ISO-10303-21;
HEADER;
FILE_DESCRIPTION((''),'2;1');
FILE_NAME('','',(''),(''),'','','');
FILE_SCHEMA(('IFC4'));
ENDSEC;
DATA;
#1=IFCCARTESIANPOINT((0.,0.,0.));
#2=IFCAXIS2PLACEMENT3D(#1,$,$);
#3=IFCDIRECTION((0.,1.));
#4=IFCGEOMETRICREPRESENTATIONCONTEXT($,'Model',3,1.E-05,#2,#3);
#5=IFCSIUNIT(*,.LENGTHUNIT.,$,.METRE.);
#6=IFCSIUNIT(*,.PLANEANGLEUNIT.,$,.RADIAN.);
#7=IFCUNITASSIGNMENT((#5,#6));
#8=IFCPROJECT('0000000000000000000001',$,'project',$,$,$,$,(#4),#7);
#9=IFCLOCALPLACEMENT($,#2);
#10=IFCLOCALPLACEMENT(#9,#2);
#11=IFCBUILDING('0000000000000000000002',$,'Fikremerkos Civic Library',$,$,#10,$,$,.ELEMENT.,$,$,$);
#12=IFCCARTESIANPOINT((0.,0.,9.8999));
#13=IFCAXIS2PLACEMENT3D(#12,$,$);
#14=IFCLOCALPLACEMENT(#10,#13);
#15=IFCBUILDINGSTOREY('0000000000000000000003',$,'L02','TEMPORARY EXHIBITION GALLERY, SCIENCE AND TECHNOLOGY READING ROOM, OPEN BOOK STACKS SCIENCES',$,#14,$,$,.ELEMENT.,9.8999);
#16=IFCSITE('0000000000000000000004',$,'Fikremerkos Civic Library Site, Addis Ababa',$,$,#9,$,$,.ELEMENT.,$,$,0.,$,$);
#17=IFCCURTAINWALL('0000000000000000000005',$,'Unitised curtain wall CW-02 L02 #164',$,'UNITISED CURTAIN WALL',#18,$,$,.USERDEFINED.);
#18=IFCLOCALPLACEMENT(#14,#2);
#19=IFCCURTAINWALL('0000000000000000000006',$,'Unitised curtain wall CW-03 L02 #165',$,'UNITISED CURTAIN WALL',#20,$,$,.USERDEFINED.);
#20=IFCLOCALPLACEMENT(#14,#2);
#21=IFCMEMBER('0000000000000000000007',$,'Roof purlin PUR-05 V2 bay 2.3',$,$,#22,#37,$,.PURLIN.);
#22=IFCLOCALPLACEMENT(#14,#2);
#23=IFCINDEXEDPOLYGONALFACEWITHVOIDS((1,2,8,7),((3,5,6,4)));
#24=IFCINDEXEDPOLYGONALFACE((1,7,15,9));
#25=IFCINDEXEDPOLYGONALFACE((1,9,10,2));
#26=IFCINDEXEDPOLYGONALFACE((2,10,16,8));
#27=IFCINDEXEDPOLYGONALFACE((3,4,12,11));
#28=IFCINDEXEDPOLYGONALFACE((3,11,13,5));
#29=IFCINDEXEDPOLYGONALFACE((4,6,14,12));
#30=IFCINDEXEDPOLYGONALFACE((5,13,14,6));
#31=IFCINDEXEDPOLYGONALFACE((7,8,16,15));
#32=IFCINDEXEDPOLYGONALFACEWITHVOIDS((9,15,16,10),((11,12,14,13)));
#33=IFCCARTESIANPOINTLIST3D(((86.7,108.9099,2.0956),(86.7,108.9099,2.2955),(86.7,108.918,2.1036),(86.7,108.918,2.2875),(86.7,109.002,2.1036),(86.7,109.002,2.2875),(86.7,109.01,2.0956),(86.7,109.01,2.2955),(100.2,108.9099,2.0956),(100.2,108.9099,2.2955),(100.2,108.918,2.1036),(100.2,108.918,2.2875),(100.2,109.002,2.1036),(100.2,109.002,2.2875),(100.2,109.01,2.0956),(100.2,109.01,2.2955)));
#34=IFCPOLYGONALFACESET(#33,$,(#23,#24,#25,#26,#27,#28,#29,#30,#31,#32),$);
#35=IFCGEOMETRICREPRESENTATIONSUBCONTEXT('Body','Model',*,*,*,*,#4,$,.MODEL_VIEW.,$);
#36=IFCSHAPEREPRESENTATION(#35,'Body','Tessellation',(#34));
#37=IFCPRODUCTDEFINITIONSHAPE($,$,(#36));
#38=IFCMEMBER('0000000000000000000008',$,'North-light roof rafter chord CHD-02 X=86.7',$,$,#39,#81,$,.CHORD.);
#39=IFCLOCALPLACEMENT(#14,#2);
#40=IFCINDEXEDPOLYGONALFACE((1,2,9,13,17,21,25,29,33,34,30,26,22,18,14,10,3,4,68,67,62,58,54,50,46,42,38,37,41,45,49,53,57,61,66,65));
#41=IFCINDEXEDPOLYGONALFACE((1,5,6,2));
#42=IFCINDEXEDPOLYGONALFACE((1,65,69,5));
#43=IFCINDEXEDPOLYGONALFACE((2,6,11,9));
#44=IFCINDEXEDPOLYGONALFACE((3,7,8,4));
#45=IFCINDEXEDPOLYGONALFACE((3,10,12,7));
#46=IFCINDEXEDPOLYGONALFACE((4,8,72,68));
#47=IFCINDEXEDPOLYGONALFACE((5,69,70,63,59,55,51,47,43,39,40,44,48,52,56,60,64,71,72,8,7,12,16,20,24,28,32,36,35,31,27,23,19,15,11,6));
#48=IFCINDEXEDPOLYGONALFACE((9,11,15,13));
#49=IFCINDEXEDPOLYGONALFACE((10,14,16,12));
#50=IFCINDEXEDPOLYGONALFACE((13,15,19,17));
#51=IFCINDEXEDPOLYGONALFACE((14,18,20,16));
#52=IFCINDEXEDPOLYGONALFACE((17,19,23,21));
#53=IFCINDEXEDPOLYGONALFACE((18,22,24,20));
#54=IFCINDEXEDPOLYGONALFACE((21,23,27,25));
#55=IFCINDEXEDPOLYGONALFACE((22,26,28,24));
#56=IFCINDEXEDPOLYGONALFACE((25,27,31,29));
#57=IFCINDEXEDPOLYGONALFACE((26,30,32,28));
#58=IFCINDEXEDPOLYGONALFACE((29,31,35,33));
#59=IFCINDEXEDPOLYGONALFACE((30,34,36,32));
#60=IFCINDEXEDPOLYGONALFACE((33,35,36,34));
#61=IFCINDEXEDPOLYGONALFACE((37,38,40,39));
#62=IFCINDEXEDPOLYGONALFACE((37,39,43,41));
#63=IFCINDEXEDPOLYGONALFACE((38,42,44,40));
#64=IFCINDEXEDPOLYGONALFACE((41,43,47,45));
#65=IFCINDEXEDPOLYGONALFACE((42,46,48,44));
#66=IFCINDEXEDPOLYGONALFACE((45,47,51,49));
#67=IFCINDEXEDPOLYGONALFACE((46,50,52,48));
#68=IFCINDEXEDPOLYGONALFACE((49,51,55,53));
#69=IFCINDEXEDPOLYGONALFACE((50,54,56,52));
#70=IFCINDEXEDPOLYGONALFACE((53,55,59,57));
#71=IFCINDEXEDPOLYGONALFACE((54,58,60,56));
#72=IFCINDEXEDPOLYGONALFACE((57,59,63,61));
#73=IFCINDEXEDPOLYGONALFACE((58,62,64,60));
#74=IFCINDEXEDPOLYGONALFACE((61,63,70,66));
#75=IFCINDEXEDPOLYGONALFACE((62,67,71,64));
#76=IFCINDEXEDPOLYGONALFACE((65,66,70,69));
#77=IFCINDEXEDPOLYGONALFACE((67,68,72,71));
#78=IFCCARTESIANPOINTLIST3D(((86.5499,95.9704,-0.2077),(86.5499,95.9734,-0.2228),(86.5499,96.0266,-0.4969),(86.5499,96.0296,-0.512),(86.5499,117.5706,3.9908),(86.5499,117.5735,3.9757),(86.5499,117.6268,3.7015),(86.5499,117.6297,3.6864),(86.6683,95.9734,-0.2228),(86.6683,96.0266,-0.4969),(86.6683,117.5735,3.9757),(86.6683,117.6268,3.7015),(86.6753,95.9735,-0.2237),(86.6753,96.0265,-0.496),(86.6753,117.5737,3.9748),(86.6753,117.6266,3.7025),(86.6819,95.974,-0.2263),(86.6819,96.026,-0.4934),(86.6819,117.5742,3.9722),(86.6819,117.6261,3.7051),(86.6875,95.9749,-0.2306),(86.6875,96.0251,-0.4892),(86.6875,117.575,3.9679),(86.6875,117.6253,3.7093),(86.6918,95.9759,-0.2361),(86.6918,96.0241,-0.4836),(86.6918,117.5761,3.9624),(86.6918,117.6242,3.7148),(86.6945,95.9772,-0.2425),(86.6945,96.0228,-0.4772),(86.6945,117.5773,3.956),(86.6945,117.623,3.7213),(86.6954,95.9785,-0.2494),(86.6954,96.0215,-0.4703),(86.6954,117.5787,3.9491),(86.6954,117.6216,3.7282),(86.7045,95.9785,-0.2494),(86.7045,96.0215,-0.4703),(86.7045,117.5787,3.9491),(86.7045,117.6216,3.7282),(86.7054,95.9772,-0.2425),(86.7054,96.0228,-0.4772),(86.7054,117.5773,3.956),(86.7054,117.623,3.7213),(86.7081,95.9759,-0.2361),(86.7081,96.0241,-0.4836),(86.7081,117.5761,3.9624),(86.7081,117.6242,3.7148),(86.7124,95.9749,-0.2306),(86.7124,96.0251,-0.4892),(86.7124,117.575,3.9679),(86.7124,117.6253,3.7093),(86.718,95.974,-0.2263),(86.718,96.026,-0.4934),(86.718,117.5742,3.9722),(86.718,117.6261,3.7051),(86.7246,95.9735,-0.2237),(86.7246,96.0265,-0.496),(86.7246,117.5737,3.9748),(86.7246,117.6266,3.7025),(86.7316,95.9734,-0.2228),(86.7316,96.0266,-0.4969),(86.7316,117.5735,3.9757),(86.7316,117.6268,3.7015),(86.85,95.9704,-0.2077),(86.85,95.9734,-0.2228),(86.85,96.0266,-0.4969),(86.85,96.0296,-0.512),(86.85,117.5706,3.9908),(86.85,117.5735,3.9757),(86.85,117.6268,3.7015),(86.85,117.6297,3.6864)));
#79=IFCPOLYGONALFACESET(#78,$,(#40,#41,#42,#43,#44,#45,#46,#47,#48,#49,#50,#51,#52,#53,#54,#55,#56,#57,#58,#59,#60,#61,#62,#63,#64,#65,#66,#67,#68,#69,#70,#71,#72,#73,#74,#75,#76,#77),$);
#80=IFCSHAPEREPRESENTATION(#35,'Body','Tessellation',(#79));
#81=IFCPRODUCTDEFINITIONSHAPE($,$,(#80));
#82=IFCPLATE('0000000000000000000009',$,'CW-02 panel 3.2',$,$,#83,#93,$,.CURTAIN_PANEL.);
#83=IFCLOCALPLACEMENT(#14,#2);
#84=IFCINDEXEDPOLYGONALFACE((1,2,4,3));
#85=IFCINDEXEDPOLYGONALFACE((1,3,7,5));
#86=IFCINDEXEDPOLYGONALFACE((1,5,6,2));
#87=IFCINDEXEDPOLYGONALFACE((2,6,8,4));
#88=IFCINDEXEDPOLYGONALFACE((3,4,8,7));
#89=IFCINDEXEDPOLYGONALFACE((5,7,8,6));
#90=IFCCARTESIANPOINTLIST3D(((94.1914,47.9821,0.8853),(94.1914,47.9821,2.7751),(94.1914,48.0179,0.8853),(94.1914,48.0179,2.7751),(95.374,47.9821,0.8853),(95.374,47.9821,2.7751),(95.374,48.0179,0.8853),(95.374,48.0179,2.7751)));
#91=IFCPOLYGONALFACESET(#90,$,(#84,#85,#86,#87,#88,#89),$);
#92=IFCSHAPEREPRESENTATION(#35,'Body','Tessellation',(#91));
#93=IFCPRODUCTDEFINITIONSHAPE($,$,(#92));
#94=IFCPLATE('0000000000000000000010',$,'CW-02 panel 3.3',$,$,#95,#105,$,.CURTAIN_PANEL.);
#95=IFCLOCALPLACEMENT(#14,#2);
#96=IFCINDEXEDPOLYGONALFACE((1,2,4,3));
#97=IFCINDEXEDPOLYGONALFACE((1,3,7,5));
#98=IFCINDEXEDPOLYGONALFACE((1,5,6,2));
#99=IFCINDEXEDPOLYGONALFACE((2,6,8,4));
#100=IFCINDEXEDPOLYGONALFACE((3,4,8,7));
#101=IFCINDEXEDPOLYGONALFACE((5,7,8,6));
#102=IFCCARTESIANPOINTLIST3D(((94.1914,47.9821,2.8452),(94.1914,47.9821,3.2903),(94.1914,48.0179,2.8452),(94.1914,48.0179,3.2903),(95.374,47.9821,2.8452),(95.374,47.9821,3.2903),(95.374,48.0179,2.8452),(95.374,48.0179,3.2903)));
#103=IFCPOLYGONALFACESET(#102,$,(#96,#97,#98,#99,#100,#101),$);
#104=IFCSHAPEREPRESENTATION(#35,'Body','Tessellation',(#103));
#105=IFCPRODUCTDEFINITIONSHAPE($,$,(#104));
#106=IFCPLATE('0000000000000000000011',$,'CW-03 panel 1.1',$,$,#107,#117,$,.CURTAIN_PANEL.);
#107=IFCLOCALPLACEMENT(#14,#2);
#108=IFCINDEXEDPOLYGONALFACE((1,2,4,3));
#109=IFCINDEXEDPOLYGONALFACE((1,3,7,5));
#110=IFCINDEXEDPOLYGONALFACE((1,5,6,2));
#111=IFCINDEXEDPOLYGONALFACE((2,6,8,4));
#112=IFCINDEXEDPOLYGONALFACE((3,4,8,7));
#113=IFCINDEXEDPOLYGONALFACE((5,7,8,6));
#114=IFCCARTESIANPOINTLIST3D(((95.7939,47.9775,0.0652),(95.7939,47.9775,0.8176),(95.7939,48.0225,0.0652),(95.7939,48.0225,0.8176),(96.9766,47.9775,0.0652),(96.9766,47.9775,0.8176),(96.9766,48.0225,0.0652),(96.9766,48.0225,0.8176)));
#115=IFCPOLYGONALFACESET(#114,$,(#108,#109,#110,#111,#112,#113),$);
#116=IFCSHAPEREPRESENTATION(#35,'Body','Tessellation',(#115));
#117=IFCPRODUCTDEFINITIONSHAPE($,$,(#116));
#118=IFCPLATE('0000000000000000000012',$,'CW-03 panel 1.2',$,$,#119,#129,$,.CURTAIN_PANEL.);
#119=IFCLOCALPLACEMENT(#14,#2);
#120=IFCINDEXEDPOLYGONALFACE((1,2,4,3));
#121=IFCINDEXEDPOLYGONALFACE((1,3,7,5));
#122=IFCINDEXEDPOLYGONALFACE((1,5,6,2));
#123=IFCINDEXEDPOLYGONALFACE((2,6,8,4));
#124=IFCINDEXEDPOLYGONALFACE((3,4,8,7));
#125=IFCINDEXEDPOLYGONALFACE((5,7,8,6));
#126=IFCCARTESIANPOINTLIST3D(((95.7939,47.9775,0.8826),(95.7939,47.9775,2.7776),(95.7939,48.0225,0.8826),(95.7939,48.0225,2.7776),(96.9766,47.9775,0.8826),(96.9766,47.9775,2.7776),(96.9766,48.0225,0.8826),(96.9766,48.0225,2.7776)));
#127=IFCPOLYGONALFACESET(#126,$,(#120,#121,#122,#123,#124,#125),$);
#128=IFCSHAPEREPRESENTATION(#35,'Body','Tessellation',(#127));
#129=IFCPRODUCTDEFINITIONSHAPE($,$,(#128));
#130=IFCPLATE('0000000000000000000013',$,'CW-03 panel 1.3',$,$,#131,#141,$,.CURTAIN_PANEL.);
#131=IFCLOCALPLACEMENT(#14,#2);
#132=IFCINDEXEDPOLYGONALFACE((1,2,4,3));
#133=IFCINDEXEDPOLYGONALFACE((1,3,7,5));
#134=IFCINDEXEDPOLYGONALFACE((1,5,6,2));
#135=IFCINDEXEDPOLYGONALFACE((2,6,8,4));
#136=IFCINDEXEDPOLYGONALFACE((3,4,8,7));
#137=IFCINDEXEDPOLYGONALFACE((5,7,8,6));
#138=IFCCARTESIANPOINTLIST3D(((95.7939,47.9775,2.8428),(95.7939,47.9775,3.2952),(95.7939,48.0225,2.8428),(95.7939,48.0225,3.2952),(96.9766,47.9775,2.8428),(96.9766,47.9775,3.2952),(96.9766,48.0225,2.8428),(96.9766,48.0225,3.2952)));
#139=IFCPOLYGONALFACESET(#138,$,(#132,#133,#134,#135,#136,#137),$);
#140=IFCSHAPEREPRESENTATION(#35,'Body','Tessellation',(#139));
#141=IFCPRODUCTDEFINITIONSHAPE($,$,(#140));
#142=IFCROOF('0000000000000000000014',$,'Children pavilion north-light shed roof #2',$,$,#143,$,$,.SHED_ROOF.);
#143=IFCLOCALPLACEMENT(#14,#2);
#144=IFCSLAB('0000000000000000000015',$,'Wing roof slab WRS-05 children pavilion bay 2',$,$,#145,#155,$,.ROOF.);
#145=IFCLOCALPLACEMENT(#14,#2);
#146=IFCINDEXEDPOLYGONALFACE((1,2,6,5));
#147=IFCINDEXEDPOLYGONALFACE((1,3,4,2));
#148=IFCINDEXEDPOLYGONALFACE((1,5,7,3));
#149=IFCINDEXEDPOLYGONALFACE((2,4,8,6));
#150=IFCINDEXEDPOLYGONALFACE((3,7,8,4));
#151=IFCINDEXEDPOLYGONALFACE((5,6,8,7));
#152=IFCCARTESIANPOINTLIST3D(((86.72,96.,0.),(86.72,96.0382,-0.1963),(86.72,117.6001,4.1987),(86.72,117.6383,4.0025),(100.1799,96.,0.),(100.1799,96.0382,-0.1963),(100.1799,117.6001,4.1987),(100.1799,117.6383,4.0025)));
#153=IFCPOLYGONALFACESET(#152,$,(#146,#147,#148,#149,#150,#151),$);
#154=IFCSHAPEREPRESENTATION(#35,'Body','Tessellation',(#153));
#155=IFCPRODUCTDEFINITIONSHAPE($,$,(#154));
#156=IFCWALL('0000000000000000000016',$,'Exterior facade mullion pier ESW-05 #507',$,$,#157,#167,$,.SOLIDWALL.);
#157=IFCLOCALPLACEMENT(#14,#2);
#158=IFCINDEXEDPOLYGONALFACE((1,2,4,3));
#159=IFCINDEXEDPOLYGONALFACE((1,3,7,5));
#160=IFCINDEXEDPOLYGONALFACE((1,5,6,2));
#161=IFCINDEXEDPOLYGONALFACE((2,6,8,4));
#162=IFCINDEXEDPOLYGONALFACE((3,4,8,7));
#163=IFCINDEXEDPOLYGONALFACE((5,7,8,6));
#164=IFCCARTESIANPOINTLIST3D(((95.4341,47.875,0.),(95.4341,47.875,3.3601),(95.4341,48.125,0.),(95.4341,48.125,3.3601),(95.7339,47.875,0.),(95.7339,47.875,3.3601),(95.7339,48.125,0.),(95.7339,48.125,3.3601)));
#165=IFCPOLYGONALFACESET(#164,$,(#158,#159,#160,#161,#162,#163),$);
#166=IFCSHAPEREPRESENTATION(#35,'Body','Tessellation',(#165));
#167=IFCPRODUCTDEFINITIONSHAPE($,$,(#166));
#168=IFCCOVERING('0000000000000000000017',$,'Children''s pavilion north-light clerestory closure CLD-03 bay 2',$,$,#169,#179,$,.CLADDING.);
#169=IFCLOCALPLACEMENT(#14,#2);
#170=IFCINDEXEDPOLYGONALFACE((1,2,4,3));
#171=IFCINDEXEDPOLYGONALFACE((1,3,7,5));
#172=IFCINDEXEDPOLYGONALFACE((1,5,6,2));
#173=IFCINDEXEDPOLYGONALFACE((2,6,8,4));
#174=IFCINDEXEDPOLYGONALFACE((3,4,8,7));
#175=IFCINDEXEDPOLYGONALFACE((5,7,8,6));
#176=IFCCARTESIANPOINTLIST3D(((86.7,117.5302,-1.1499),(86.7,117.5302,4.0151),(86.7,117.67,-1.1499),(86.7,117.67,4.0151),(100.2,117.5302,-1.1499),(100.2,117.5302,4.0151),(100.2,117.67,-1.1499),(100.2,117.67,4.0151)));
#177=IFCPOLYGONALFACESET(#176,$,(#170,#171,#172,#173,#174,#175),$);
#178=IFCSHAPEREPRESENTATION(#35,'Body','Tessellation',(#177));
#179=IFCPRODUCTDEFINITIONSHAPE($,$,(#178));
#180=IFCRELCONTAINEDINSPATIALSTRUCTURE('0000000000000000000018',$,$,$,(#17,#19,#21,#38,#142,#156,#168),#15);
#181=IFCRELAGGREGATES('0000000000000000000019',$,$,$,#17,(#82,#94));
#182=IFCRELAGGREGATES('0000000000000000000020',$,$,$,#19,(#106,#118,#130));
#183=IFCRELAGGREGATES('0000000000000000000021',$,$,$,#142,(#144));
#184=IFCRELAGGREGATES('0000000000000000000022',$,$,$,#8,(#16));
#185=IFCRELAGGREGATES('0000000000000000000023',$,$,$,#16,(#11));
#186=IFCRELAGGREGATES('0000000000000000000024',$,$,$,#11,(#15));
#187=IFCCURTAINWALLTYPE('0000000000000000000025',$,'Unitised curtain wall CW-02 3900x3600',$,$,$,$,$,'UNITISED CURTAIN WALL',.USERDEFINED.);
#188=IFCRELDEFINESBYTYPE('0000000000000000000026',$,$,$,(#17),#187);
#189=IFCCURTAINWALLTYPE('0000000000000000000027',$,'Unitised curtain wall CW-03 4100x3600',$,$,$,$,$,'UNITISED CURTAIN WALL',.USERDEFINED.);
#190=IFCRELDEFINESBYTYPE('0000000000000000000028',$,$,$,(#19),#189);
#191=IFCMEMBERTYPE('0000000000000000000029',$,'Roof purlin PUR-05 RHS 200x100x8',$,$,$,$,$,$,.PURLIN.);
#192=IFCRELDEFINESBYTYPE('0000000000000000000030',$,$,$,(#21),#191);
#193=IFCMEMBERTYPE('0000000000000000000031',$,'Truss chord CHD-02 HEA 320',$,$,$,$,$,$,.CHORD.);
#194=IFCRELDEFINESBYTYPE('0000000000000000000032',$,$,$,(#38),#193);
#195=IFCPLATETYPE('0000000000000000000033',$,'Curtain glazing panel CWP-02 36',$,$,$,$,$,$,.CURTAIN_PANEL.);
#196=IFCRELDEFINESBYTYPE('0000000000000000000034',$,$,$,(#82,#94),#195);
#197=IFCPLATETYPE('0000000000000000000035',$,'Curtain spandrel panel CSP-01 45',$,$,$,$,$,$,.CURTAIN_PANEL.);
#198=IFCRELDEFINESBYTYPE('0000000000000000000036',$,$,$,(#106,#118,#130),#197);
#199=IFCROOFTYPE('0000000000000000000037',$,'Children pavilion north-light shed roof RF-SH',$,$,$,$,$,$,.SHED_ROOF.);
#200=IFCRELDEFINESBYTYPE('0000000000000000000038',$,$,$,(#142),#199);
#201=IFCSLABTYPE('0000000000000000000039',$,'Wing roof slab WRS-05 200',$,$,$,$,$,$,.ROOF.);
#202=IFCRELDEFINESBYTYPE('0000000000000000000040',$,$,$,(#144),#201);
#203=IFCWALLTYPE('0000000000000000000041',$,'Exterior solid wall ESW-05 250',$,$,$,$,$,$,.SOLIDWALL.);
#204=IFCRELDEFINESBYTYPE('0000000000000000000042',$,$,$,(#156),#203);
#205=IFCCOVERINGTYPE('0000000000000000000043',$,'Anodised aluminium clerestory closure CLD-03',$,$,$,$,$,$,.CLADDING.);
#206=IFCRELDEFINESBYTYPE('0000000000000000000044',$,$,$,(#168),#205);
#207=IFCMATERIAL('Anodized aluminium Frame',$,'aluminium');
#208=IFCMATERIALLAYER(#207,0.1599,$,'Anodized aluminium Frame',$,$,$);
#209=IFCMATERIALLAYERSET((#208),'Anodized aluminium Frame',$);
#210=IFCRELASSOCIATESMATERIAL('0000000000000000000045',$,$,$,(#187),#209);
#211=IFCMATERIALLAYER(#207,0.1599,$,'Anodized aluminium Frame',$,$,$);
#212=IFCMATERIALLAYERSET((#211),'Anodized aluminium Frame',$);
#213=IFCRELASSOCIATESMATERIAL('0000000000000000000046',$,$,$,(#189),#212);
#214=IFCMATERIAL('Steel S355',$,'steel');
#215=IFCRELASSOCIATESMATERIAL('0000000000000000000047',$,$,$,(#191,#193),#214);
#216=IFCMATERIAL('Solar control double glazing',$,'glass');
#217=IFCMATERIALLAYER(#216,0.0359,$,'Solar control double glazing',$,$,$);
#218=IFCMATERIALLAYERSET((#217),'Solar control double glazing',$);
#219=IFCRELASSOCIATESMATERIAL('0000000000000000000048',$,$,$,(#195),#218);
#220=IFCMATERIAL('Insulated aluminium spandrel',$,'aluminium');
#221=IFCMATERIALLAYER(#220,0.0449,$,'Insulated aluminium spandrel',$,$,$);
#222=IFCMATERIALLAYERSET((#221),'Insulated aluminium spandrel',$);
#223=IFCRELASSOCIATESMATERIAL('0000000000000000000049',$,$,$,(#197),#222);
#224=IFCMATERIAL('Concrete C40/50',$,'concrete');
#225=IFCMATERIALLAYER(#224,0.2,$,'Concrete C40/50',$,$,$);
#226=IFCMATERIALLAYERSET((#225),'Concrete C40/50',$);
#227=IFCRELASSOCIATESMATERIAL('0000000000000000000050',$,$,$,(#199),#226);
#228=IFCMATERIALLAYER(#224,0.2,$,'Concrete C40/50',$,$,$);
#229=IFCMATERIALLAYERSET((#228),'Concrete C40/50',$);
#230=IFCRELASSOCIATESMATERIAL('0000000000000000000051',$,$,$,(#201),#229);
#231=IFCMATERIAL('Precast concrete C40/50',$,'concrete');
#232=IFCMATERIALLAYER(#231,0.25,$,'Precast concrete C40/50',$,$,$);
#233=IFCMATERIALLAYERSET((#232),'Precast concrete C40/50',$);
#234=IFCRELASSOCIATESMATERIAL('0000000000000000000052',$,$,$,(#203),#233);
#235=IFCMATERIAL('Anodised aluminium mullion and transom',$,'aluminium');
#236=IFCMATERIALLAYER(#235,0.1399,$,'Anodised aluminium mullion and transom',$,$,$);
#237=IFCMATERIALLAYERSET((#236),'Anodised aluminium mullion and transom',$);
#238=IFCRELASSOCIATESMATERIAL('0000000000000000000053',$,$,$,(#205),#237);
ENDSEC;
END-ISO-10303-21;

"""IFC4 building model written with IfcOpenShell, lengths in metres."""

from ifc_helpers import new_model, si_unit, direction, frame, frame_2d, origin, origin_2d, place, context, subcontext, project, spatial, polyline, rectangle, hollow_rectangle, i_section, outline, extrude, material, layer, layer_set, material_profile, profile_set, type_object, element, aggregate, save


model = new_model("IFC4")

# Units and contexts
model_context = context("Model", 3, precision=1e-05, world=origin(), true_north=direction((0.0, 1.0)))
body_context = subcontext(model_context, "Body", "Model", "MODEL_VIEW")
ifc_project = project(units=[si_unit("LENGTHUNIT", "METRE"), si_unit("PLANEANGLEUNIT", "RADIAN")], contexts=[model_context])

# Site, building, storey
site_placement = place(None, origin())
site = spatial("IfcSite", under=ifc_project, at=site_placement, Name="Fikremerkos Civic Library Site, Addis Ababa", CompositionType="ELEMENT", RefElevation=0.0)
building_placement = place(site_placement, origin())
building = spatial("IfcBuilding", under=site, at=building_placement, Name="Fikremerkos Civic Library", CompositionType="ELEMENT")
storey_placement = place(building_placement, frame((0.0, 0.0, 9.8999)))
storey = spatial("IfcBuildingStorey", under=building, at=storey_placement, Name="L02", Description="TEMPORARY EXHIBITION GALLERY, SCIENCE AND TECHNOLOGY READING ROOM, OPEN BOOK STACKS SCIENCES", CompositionType="ELEMENT", Elevation=9.8999)

# Curtain wall
ifc_material_1 = material(Name="Anodized aluminium Frame", Category="aluminium")
ifc_layer_1 = layer(ifc_material_1, 0.1599, Name="Anodized aluminium Frame")
ifc_layer_set_1 = layer_set([ifc_layer_1], Name="Anodized aluminium Frame")
curtain_wall_type_1 = type_object("IfcCurtainWallType", Name="Unitised curtain wall CW-02 3900x3600", ElementType="UNITISED CURTAIN WALL", PredefinedType="USERDEFINED", material=ifc_layer_set_1)
curtain_wall_1_placement = place(storey_placement, origin())
curtain_wall_1 = element("IfcCurtainWall", 1, at=curtain_wall_1_placement, inside=storey, type_object=curtain_wall_type_1, Name="Unitised curtain wall CW-02 L02 #164", ObjectType="UNITISED CURTAIN WALL", PredefinedType="USERDEFINED")

# Curtain wall
ifc_layer_2 = layer(ifc_material_1, 0.1599, Name="Anodized aluminium Frame")
ifc_layer_set_2 = layer_set([ifc_layer_2], Name="Anodized aluminium Frame")
curtain_wall_type_2 = type_object("IfcCurtainWallType", Name="Unitised curtain wall CW-03 4100x3600", ElementType="UNITISED CURTAIN WALL", PredefinedType="USERDEFINED", material=ifc_layer_set_2)
curtain_wall_2_placement = place(storey_placement, origin())
curtain_wall_2 = element("IfcCurtainWall", 2, at=curtain_wall_2_placement, inside=storey, type_object=curtain_wall_type_2, Name="Unitised curtain wall CW-03 L02 #165", ObjectType="UNITISED CURTAIN WALL", PredefinedType="USERDEFINED")

# Shared definitions
ifc_material_2 = material(Name="Steel S355", Category="steel")

# Shared definitions
ifc_material_3 = material(Name="Concrete C40/50", Category="concrete")

# Members
ifc_material_profile_1 = material_profile(ifc_material_2, hollow_rectangle(XDim=0.1001, YDim=0.2, WallThickness=0.0081, at=origin_2d()), Name="RHS 200x100x8")
ifc_profile_set_1 = profile_set([ifc_material_profile_1], Name="Steel S355")
member_type_1 = type_object("IfcMemberType", Name="Roof purlin PUR-05 RHS 200x100x8", PredefinedType="PURLIN", material=ifc_profile_set_1)
member_1_placement = place(storey_placement, frame((86.7, 108.96, 2.1956), z_axis=(1.0, 0.0, 0.0), x_axis=(0.0, 1.0, 0.0)))
element("IfcMember", 3, at=member_1_placement, inside=storey, type_object=member_type_1, Name="Roof purlin PUR-05 V2 bay 2.3", PredefinedType="PURLIN", context=body_context, shape_type="SweptSolid", body=[
    extrude(hollow_rectangle(XDim=0.1001, YDim=0.2, WallThickness=0.0081, at=origin_2d()), origin(), (0.0, 0.0, 1.0), 13.5),
])
ifc_material_profile_2 = material_profile(ifc_material_2, i_section(OverallWidth=0.3, OverallDepth=0.3101, WebThickness=0.009, FlangeThickness=0.0154, FilletRadius=0.0271, at=origin_2d()), Name="HEA 320")
ifc_profile_set_2 = profile_set([ifc_material_profile_2], Name="Steel S355")
member_type_2 = type_object("IfcMemberType", Name="Truss chord CHD-02 HEA 320", PredefinedType="CHORD", material=ifc_profile_set_2)
member_2_placement = place(storey_placement, frame((86.7, 96.0, -0.3599), z_axis=(0.0, 0.981628, 0.190803), x_axis=(-1.0, 0.0, 0.0)))
element("IfcMember", 4, at=member_2_placement, inside=storey, type_object=member_type_2, Name="North-light roof rafter chord CHD-02 X=86.7", PredefinedType="CHORD", context=body_context, shape_type="SweptSolid", body=[
    extrude(i_section(OverallWidth=0.3, OverallDepth=0.3101, WebThickness=0.009, FlangeThickness=0.0154, FilletRadius=0.0271, at=origin_2d()), origin(), (0.0, 0.0, 1.0), 22.0044),
])

# Plates
ifc_material_4 = material(Name="Solar control double glazing", Category="glass")
ifc_layer_3 = layer(ifc_material_4, 0.0359, Name="Solar control double glazing")
ifc_layer_set_3 = layer_set([ifc_layer_3], Name="Solar control double glazing")
plate_type_1 = type_object("IfcPlateType", Name="Curtain glazing panel CWP-02 36", PredefinedType="CURTAIN_PANEL", material=ifc_layer_set_3)
plate_1_placement = place(storey_placement, frame((94.7827, 48.0, 0.8853), z_axis=(0.0, 0.0, 1.0), x_axis=(1.0, 0.0, 0.0)))
plate_1 = element("IfcPlate", 5, at=plate_1_placement, type_object=plate_type_1, Name="CW-02 panel 3.2", PredefinedType="CURTAIN_PANEL", context=body_context, shape_type="SweptSolid", body=[
    extrude(rectangle(XDim=1.1826, YDim=0.0359, at=origin_2d()), origin(), (0.0, 0.0, 1.0), 1.8899),
])
plate_2_placement = place(storey_placement, frame((94.7827, 48.0, 2.8452), z_axis=(0.0, 0.0, 1.0), x_axis=(1.0, 0.0, 0.0)))
plate_2 = element("IfcPlate", 6, at=plate_2_placement, type_object=plate_type_1, Name="CW-02 panel 3.3", PredefinedType="CURTAIN_PANEL", context=body_context, shape_type="SweptSolid", body=[
    extrude(rectangle(XDim=1.1826, YDim=0.0359, at=origin_2d()), origin(), (0.0, 0.0, 1.0), 0.4451),
])
aggregate(curtain_wall_1, [plate_1, plate_2])
ifc_material_5 = material(Name="Insulated aluminium spandrel", Category="aluminium")
ifc_layer_4 = layer(ifc_material_5, 0.0449, Name="Insulated aluminium spandrel")
ifc_layer_set_4 = layer_set([ifc_layer_4], Name="Insulated aluminium spandrel")
plate_type_2 = type_object("IfcPlateType", Name="Curtain spandrel panel CSP-01 45", PredefinedType="CURTAIN_PANEL", material=ifc_layer_set_4)
plate_3_placement = place(storey_placement, frame((96.3853, 48.0, 0.0652), z_axis=(0.0, 0.0, 1.0), x_axis=(1.0, 0.0, 0.0)))
plate_3 = element("IfcPlate", 7, at=plate_3_placement, type_object=plate_type_2, Name="CW-03 panel 1.1", PredefinedType="CURTAIN_PANEL", context=body_context, shape_type="SweptSolid", body=[
    extrude(rectangle(XDim=1.1826, YDim=0.0449, at=origin_2d()), origin(), (0.0, 0.0, 1.0), 0.7524),
])
plate_4_placement = place(storey_placement, frame((96.3853, 48.0, 0.8826), z_axis=(0.0, 0.0, 1.0), x_axis=(1.0, 0.0, 0.0)))
plate_4 = element("IfcPlate", 8, at=plate_4_placement, type_object=plate_type_2, Name="CW-03 panel 1.2", PredefinedType="CURTAIN_PANEL", context=body_context, shape_type="SweptSolid", body=[
    extrude(rectangle(XDim=1.1826, YDim=0.0449, at=origin_2d()), origin(), (0.0, 0.0, 1.0), 1.895),
])
plate_5_placement = place(storey_placement, frame((96.3853, 48.0, 2.8428), z_axis=(0.0, 0.0, 1.0), x_axis=(1.0, 0.0, 0.0)))
plate_5 = element("IfcPlate", 9, at=plate_5_placement, type_object=plate_type_2, Name="CW-03 panel 1.3", PredefinedType="CURTAIN_PANEL", context=body_context, shape_type="SweptSolid", body=[
    extrude(rectangle(XDim=1.1826, YDim=0.0449, at=origin_2d()), origin(), (0.0, 0.0, 1.0), 0.4524),
])
aggregate(curtain_wall_2, [plate_3, plate_4, plate_5])

# Roof, slab
ifc_layer_5 = layer(ifc_material_3, 0.2, Name="Concrete C40/50")
ifc_layer_set_5 = layer_set([ifc_layer_5], Name="Concrete C40/50")
roof_type = type_object("IfcRoofType", Name="Children pavilion north-light shed roof RF-SH", PredefinedType="SHED_ROOF", material=ifc_layer_set_5)
roof_placement = place(storey_placement, origin())
roof = element("IfcRoof", 10, at=roof_placement, inside=storey, type_object=roof_type, Name="Children pavilion north-light shed roof #2", PredefinedType="SHED_ROOF")
ifc_layer_6 = layer(ifc_material_3, 0.2, Name="Concrete C40/50")
ifc_layer_set_6 = layer_set([ifc_layer_6], Name="Concrete C40/50")
slab_type = type_object("IfcSlabType", Name="Wing roof slab WRS-05 200", PredefinedType="ROOF", material=ifc_layer_set_6)
slab_placement = place(storey_placement, frame((86.72, 96.0, 0.0), z_axis=(0.0, -0.190813, 0.981626), x_axis=(1.0, 0.0, 0.0)))
slab = element("IfcSlab", 11, at=slab_placement, type_object=slab_type, Name="Wing roof slab WRS-05 children pavilion bay 2", PredefinedType="ROOF", context=body_context, shape_type="SweptSolid", body=[
    extrude(outline(polyline([(0.0, 0.0), (13.46, 0.0), (13.46, 22.0044), (0.0, 22.0044), (0.0, 0.0)])), origin(), (0.0, 0.0, -1.0), 0.2),
])
aggregate(roof, [slab])

# Wall
ifc_material_6 = material(Name="Precast concrete C40/50", Category="concrete")
ifc_layer_7 = layer(ifc_material_6, 0.25, Name="Precast concrete C40/50")
ifc_layer_set_7 = layer_set([ifc_layer_7], Name="Precast concrete C40/50")
wall_type = type_object("IfcWallType", Name="Exterior solid wall ESW-05 250", PredefinedType="SOLIDWALL", material=ifc_layer_set_7)
wall_placement = place(storey_placement, frame((95.4341, 48.0, 0.0), z_axis=(0.0, 0.0, 1.0), x_axis=(1.0, 0.0, 0.0)))
element("IfcWall", 12, at=wall_placement, inside=storey, type_object=wall_type, Name="Exterior facade mullion pier ESW-05 #507", PredefinedType="SOLIDWALL", context=body_context, shape_type="SweptSolid", body=[
    extrude(rectangle(XDim=0.2998, YDim=0.25, at=frame_2d((0.1499, 0.0))), origin(), (0.0, 0.0, 1.0), 3.3601),
])

# Covering
ifc_material_7 = material(Name="Anodised aluminium mullion and transom", Category="aluminium")
ifc_layer_8 = layer(ifc_material_7, 0.1399, Name="Anodised aluminium mullion and transom")
ifc_layer_set_8 = layer_set([ifc_layer_8], Name="Anodised aluminium mullion and transom")
covering_type = type_object("IfcCoveringType", Name="Anodised aluminium clerestory closure CLD-03", PredefinedType="CLADDING", material=ifc_layer_set_8)
covering_placement = place(storey_placement, frame((86.7, 117.6001, -1.1499), z_axis=(0.0, 0.0, 1.0), x_axis=(1.0, 0.0, 0.0)))
element("IfcCovering", 13, at=covering_placement, inside=storey, type_object=covering_type, Name="Children's pavilion north-light clerestory closure CLD-03 bay 2", PredefinedType="CLADDING", context=body_context, shape_type="SweptSolid", body=[
    extrude(rectangle(XDim=13.5, YDim=0.1399, at=frame_2d((6.75, 0.0))), origin(), (0.0, 0.0, 1.0), 5.165),
])

save(model, "model.ifc")
